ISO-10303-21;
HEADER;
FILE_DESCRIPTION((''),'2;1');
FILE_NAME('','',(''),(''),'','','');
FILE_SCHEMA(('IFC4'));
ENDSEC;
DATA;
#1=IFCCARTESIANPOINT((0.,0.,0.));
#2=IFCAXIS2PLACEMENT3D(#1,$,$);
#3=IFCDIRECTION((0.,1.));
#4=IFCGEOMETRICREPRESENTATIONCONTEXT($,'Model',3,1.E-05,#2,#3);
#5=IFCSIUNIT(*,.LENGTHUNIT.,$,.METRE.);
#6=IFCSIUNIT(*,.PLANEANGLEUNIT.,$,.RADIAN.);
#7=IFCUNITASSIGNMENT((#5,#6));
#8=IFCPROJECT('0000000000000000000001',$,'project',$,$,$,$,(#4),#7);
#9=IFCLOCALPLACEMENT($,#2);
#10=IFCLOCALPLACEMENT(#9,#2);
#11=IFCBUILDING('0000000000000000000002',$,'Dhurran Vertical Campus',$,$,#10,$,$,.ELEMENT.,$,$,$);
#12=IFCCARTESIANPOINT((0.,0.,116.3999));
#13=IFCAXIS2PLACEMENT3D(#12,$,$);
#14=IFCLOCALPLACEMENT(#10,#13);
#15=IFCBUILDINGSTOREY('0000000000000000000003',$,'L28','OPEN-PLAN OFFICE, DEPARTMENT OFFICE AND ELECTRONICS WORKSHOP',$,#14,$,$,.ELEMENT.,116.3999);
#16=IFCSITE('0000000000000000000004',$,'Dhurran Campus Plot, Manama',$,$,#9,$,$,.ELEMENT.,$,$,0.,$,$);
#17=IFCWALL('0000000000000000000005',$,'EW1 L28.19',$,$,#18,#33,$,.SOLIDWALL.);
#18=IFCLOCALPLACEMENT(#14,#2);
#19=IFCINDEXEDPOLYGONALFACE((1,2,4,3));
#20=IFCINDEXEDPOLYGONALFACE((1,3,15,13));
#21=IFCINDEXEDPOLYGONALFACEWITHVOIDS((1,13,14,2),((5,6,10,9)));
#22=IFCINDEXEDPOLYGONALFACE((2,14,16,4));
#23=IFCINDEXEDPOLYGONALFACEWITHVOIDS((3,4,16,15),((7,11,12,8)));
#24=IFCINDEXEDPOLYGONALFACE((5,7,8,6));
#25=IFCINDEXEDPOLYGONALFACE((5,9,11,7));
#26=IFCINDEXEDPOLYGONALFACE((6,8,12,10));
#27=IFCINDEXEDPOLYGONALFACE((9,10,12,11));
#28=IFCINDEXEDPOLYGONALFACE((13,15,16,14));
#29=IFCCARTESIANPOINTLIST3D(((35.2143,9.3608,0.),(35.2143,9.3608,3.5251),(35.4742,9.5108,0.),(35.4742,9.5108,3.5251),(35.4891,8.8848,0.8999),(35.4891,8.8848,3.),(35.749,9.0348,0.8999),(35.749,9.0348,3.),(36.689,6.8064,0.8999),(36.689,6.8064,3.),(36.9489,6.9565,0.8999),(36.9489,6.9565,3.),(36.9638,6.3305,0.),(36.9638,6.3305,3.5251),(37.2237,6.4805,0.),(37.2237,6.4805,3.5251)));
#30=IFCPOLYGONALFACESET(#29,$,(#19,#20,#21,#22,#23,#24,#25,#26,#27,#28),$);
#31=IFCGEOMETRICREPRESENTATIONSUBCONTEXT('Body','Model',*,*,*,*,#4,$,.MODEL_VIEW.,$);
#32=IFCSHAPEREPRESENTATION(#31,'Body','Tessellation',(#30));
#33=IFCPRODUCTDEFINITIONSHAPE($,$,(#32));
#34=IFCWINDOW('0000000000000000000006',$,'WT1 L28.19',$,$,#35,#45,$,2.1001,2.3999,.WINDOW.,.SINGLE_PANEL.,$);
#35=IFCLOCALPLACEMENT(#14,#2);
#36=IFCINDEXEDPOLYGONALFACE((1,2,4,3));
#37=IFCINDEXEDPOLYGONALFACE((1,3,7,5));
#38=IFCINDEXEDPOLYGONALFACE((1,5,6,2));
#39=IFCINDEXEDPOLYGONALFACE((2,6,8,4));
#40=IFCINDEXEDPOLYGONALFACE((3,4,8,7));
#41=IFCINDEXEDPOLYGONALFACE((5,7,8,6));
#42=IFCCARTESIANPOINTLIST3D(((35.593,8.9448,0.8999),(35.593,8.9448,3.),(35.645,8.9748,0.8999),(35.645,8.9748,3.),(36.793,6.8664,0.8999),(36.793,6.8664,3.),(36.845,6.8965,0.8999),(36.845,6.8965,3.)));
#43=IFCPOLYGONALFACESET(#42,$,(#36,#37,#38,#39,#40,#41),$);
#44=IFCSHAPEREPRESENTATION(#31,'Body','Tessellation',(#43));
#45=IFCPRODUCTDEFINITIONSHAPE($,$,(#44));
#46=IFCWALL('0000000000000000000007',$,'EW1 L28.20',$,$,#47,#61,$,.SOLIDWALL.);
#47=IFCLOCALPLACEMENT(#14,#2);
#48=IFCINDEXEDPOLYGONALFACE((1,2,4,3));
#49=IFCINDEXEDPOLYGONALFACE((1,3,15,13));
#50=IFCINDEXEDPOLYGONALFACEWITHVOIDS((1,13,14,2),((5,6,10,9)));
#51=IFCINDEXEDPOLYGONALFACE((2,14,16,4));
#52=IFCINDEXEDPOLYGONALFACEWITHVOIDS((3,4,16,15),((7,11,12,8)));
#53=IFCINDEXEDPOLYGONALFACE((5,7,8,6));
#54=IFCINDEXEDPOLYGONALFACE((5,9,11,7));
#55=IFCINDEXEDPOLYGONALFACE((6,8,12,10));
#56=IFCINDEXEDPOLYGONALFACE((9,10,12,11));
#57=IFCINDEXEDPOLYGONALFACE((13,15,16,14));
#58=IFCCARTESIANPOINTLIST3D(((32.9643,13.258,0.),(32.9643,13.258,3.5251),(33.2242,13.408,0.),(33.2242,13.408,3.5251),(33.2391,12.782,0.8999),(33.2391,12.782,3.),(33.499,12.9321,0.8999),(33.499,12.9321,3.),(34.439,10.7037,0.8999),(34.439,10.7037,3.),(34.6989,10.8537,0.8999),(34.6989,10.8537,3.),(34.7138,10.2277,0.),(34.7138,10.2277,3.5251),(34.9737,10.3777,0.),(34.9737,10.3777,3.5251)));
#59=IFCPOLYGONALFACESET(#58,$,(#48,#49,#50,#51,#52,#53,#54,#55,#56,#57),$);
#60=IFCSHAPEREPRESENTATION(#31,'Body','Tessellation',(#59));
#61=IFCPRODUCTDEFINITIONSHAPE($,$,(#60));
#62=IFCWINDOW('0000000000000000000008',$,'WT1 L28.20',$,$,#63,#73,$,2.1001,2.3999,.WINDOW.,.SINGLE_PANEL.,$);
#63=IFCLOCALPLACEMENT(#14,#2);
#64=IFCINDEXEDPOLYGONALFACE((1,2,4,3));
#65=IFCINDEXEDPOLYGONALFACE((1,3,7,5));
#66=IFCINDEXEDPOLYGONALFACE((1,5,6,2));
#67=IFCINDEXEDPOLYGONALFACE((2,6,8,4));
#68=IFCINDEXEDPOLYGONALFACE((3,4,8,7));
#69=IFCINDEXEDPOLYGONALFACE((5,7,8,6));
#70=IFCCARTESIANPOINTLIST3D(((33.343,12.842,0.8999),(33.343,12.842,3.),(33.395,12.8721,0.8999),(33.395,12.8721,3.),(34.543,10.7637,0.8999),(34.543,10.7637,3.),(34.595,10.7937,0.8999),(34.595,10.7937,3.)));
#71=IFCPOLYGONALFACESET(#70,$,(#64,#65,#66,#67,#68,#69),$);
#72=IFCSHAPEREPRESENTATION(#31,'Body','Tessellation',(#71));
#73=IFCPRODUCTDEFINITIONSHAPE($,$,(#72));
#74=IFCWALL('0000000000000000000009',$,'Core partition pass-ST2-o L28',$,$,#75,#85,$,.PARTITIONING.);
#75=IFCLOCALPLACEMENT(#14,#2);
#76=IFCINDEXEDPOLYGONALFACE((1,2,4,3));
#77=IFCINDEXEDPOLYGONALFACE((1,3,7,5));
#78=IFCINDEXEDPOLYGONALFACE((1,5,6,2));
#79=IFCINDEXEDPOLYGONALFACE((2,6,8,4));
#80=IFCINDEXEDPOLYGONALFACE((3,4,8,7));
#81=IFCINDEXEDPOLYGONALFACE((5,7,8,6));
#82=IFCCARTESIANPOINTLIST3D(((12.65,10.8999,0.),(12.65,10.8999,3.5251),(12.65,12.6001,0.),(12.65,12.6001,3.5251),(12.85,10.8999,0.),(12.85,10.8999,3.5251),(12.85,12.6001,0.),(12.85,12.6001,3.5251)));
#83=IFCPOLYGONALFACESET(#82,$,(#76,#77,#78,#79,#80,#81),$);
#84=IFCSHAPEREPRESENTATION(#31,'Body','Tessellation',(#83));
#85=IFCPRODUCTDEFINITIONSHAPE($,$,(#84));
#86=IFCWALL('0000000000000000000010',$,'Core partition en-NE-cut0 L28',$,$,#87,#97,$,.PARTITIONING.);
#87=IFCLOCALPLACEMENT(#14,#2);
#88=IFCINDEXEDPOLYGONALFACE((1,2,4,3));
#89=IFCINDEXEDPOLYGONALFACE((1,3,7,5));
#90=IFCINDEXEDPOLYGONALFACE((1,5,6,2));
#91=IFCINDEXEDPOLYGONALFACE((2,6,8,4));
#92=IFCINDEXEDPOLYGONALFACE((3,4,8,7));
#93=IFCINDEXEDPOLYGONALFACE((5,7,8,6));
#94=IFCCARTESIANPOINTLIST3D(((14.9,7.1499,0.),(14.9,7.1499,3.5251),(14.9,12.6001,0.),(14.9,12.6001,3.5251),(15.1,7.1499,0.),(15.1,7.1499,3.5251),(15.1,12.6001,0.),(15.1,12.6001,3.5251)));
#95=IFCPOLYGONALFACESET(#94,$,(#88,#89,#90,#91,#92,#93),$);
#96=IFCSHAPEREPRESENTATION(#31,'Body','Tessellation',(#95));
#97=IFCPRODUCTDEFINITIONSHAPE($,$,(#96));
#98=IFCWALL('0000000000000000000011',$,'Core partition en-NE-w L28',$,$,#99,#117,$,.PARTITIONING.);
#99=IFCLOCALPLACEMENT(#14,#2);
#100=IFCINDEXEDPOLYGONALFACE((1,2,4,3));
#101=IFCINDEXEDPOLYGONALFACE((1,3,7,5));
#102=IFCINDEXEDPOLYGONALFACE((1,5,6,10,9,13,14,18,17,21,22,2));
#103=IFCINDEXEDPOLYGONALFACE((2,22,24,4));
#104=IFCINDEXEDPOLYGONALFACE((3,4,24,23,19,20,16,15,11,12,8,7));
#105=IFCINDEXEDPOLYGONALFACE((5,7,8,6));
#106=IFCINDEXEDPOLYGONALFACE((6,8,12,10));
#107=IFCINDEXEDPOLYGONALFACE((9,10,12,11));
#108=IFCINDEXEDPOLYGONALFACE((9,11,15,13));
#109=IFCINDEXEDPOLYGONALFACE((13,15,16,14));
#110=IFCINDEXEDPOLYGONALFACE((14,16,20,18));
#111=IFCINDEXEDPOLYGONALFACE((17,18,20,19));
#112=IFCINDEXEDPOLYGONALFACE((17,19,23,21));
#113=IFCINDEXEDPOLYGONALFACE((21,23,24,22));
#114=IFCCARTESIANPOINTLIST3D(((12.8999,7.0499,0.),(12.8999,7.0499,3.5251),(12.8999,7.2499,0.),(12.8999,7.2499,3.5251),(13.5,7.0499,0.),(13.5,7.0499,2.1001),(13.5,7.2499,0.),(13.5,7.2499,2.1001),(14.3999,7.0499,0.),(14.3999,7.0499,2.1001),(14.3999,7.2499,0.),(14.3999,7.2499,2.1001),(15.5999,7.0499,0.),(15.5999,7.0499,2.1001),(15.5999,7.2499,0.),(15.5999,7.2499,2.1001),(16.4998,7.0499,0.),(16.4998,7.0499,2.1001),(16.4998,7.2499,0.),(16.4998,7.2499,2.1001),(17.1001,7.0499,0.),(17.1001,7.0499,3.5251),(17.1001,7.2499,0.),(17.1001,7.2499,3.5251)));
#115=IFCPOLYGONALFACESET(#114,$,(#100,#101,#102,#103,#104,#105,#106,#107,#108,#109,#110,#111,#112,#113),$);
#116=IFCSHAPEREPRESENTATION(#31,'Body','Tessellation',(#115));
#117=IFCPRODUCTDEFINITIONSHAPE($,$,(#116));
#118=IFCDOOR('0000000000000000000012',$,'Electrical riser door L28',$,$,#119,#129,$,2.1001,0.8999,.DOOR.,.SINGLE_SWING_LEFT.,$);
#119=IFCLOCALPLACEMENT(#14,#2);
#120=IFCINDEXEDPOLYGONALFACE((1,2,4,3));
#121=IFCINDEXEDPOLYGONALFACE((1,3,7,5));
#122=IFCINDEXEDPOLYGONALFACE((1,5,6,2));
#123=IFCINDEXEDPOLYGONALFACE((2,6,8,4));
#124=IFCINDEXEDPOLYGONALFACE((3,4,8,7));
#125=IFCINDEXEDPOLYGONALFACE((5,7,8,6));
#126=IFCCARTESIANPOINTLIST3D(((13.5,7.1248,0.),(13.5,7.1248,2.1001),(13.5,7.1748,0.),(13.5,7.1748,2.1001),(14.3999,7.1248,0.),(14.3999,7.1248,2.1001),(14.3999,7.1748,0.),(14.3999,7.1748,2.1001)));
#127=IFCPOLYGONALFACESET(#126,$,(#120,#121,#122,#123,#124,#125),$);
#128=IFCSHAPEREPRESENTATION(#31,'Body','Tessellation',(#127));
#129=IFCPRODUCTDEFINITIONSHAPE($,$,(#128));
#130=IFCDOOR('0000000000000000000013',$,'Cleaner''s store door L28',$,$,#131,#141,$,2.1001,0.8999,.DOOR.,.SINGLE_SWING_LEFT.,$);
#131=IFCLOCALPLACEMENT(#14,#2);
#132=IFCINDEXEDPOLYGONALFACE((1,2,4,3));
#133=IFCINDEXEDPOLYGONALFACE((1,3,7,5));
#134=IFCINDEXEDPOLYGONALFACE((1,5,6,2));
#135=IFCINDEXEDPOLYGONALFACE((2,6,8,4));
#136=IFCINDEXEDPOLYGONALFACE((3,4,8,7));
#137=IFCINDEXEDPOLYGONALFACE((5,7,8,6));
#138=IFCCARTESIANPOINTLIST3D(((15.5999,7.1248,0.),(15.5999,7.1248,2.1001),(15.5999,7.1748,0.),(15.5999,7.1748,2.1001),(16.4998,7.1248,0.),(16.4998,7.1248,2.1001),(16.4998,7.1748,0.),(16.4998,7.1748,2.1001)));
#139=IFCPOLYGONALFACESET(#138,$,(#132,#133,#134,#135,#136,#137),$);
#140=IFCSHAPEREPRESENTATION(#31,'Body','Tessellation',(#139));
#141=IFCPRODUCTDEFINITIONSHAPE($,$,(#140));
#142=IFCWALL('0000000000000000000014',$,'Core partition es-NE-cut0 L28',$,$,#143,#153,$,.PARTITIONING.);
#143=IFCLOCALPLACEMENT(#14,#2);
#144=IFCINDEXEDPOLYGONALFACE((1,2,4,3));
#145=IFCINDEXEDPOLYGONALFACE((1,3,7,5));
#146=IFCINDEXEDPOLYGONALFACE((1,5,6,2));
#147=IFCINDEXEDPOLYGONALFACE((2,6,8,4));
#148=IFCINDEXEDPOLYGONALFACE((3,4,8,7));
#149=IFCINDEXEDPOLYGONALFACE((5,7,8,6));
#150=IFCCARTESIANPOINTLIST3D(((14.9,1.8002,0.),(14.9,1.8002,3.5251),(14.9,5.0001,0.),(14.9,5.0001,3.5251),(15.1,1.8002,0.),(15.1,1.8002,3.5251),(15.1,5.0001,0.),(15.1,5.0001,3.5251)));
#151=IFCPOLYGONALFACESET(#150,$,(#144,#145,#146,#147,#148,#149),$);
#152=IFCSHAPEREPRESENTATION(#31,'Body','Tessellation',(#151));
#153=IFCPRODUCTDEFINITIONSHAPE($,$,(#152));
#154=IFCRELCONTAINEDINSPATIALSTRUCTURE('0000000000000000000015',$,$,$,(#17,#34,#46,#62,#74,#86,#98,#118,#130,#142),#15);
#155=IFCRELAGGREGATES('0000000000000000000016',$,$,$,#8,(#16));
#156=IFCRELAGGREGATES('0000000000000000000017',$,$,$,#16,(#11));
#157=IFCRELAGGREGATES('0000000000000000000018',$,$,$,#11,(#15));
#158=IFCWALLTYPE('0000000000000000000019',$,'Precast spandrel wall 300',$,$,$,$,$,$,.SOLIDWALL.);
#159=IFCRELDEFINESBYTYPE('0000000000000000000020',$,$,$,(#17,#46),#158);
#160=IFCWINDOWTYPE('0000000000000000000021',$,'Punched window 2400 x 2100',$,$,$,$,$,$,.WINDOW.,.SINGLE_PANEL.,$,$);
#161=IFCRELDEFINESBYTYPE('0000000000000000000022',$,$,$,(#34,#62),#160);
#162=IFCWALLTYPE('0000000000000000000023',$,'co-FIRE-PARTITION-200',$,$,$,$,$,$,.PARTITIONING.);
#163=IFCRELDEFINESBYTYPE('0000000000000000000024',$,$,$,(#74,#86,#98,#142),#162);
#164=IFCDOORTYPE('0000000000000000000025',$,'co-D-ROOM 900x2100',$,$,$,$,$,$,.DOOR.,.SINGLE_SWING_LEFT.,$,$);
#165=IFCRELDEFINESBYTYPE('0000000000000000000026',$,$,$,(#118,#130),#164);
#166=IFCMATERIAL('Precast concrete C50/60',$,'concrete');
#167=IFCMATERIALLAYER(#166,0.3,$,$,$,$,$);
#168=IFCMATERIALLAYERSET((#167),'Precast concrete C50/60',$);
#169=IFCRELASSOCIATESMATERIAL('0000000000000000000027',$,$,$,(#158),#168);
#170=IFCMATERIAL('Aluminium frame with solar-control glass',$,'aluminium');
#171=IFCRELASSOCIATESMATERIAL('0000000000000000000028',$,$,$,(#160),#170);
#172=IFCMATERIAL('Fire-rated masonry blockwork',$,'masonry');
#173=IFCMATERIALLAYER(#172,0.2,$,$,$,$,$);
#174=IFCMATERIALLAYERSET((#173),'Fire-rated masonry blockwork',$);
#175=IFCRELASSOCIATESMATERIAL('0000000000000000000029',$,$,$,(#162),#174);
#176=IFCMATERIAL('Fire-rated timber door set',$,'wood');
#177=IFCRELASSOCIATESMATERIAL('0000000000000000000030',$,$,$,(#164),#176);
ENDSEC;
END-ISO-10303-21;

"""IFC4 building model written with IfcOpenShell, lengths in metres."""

from ifc_helpers import new_model, si_unit, direction, frame, frame_2d, origin, place, context, subcontext, project, spatial, rectangle, extrude, material, layer, layer_set, type_object, element, fill, save


model = new_model("IFC4")

# Units and contexts
model_context = context("Model", 3, precision=1e-05, world=origin(), true_north=direction((0.0, 1.0)))
body_context = subcontext(model_context, "Body", "Model", "MODEL_VIEW")
ifc_project = project(units=[si_unit("LENGTHUNIT", "METRE"), si_unit("PLANEANGLEUNIT", "RADIAN")], contexts=[model_context])

# Site, building, storey
site_placement = place(None, origin())
site = spatial("IfcSite", under=ifc_project, at=site_placement, Name="Dhurran Campus Plot, Manama", CompositionType="ELEMENT", RefElevation=0.0)
building_placement = place(site_placement, origin())
building = spatial("IfcBuilding", under=site, at=building_placement, Name="Dhurran Vertical Campus", CompositionType="ELEMENT")
storey_placement = place(building_placement, frame((0.0, 0.0, 116.3999)))
storey = spatial("IfcBuildingStorey", under=building, at=storey_placement, Name="L28", Description="OPEN-PLAN OFFICE, DEPARTMENT OFFICE AND ELECTRONICS WORKSHOP", CompositionType="ELEMENT", Elevation=116.3999)

# Walls, openings, windows
ifc_material_1 = material(Name="Precast concrete C50/60", Category="concrete")
ifc_layer_1 = layer(ifc_material_1, 0.3)
ifc_layer_set_1 = layer_set([ifc_layer_1], Name="Precast concrete C50/60")
wall_type_1 = type_object("IfcWallType", Name="Precast spandrel wall 300", PredefinedType="SOLIDWALL", material=ifc_layer_set_1)
ifc_material_2 = material(Name="Aluminium frame with solar-control glass", Category="aluminium")
window_type = type_object("IfcWindowType", Name="Punched window 2400 x 2100", PartitioningType="SINGLE_PANEL", PredefinedType="WINDOW", material=ifc_material_2)
wall_1_placement = place(storey_placement, frame((37.0938, 6.4055, 0.0), z_axis=(0.0, 0.0, 1.0), x_axis=(-0.499996, 0.866028, 0.0)))
wall_1 = element("IfcWall", 1, at=wall_1_placement, inside=storey, type_object=wall_type_1, Name="EW1 L28.19", PredefinedType="SOLIDWALL", context=body_context, shape_type="SweptSolid", body=[
    extrude(rectangle(XDim=3.499, YDim=0.3, at=frame_2d((1.7495, 0.0))), origin(), (0.0, 0.0, 1.0), 3.5251),
])
opening_1_placement = place(wall_1_placement, frame((0.5496, 0.0, 0.8999)))
opening_1 = element("IfcOpeningElement", 2, at=opening_1_placement, cuts=wall_1, PredefinedType="OPENING", context=body_context, shape_type="SweptSolid", body=[
    extrude(rectangle(XDim=2.3999, YDim=2.1001, at=frame_2d((1.2, 1.05))), frame((0.0, 0.1599, 0.0), z_axis=(0.0, -1.0, 0.0), x_axis=(1.0, 0.0, 0.0)), (0.0, 0.0, 1.0), 0.3201),
])
window_1_placement = place(opening_1_placement, origin())
window_1 = element("IfcWindow", 3, at=window_1_placement, inside=storey, type_object=window_type, Name="WT1 L28.19", OverallHeight=2.1001, OverallWidth=2.3999, PartitioningType="SINGLE_PANEL", PredefinedType="WINDOW", context=body_context, shape_type="SweptSolid", body=[
    extrude(rectangle(XDim=2.3999, YDim=2.1001, at=frame_2d((1.2, 1.05))), frame((0.0, 0.03, 0.0), z_axis=(0.0, -1.0, 0.0), x_axis=(1.0, 0.0, 0.0)), (0.0, 0.0, 1.0), 0.0601),
])
fill(opening_1, window_1)
wall_2_placement = place(storey_placement, frame((34.8438, 10.3027, 0.0), z_axis=(0.0, 0.0, 1.0), x_axis=(-0.499996, 0.866028, 0.0)))
wall_2 = element("IfcWall", 4, at=wall_2_placement, inside=storey, type_object=wall_type_1, Name="EW1 L28.20", PredefinedType="SOLIDWALL", context=body_context, shape_type="SweptSolid", body=[
    extrude(rectangle(XDim=3.499, YDim=0.3, at=frame_2d((1.7495, 0.0))), origin(), (0.0, 0.0, 1.0), 3.5251),
])
opening_2_placement = place(wall_2_placement, frame((0.5496, 0.0, 0.8999)))
opening_2 = element("IfcOpeningElement", 5, at=opening_2_placement, cuts=wall_2, PredefinedType="OPENING", context=body_context, shape_type="SweptSolid", body=[
    extrude(rectangle(XDim=2.3999, YDim=2.1001, at=frame_2d((1.2, 1.05))), frame((0.0, 0.1599, 0.0), z_axis=(0.0, -1.0, 0.0), x_axis=(1.0, 0.0, 0.0)), (0.0, 0.0, 1.0), 0.3201),
])
window_2_placement = place(opening_2_placement, origin())
window_2 = element("IfcWindow", 6, at=window_2_placement, inside=storey, type_object=window_type, Name="WT1 L28.20", OverallHeight=2.1001, OverallWidth=2.3999, PartitioningType="SINGLE_PANEL", PredefinedType="WINDOW", context=body_context, shape_type="SweptSolid", body=[
    extrude(rectangle(XDim=2.3999, YDim=2.1001, at=frame_2d((1.2, 1.05))), frame((0.0, 0.03, 0.0), z_axis=(0.0, -1.0, 0.0), x_axis=(1.0, 0.0, 0.0)), (0.0, 0.0, 1.0), 0.0601),
])
fill(opening_2, window_2)

# Walls
ifc_material_3 = material(Name="Fire-rated masonry blockwork", Category="masonry")
ifc_layer_2 = layer(ifc_material_3, 0.2)
ifc_layer_set_2 = layer_set([ifc_layer_2], Name="Fire-rated masonry blockwork")
wall_type_2 = type_object("IfcWallType", Name="co-FIRE-PARTITION-200", PredefinedType="PARTITIONING", material=ifc_layer_set_2)
wall_3_placement = place(storey_placement, frame((12.75, 10.8999, 0.0), z_axis=(0.0, 0.0, 1.0), x_axis=(0.0, 1.0, 0.0)))
element("IfcWall", 7, at=wall_3_placement, inside=storey, type_object=wall_type_2, Name="Core partition pass-ST2-o L28", PredefinedType="PARTITIONING", context=body_context, shape_type="SweptSolid", body=[
    extrude(rectangle(XDim=1.7002, YDim=0.2, at=frame_2d((0.8501, 0.0))), origin(), (0.0, 0.0, 1.0), 3.5251),
])
wall_4_placement = place(storey_placement, frame((15.0, 7.1499, 0.0), z_axis=(0.0, 0.0, 1.0), x_axis=(0.0, 1.0, 0.0)))
element("IfcWall", 8, at=wall_4_placement, inside=storey, type_object=wall_type_2, Name="Core partition en-NE-cut0 L28", PredefinedType="PARTITIONING", context=body_context, shape_type="SweptSolid", body=[
    extrude(rectangle(XDim=5.4502, YDim=0.2, at=frame_2d((2.7251, 0.0))), origin(), (0.0, 0.0, 1.0), 3.5251),
])

# Wall, openings, doors
wall_5_placement = place(storey_placement, frame((12.8999, 7.1499, 0.0), z_axis=(0.0, 0.0, 1.0), x_axis=(1.0, 0.0, 0.0)))
wall_5 = element("IfcWall", 9, at=wall_5_placement, inside=storey, type_object=wall_type_2, Name="Core partition en-NE-w L28", PredefinedType="PARTITIONING", context=body_context, shape_type="SweptSolid", body=[
    extrude(rectangle(XDim=4.2002, YDim=0.2, at=frame_2d((2.1001, 0.0))), origin(), (0.0, 0.0, 1.0), 3.5251),
])
opening_3_placement = place(wall_5_placement, frame((0.6001, 0.0, 0.0)))
opening_3 = element("IfcOpeningElement", 10, at=opening_3_placement, cuts=wall_5, PredefinedType="OPENING", context=body_context, shape_type="SweptSolid", body=[
    extrude(rectangle(XDim=0.8999, YDim=2.1001, at=frame_2d((0.45, 1.05))), frame((0.0, 0.1099, 0.0), z_axis=(0.0, -1.0, 0.0), x_axis=(1.0, 0.0, 0.0)), (0.0, 0.0, 1.0), 0.22),
])
opening_4_placement = place(wall_5_placement, frame((2.7, 0.0, 0.0)))
opening_4 = element("IfcOpeningElement", 11, at=opening_4_placement, cuts=wall_5, PredefinedType="OPENING", context=body_context, shape_type="SweptSolid", body=[
    extrude(rectangle(XDim=0.8999, YDim=2.1001, at=frame_2d((0.45, 1.05))), frame((0.0, 0.1099, 0.0), z_axis=(0.0, -1.0, 0.0), x_axis=(1.0, 0.0, 0.0)), (0.0, 0.0, 1.0), 0.22),
])
ifc_material_4 = material(Name="Fire-rated timber door set", Category="wood")
door_type_1 = type_object("IfcDoorType", Name="co-D-ROOM 900x2100", OperationType="SINGLE_SWING_LEFT", PredefinedType="DOOR", material=ifc_material_4)
door_1_placement = place(opening_3_placement, origin())
door_1 = element("IfcDoor", 12, at=door_1_placement, inside=storey, type_object=door_type_1, Name="Electrical riser door L28", OperationType="SINGLE_SWING_LEFT", OverallHeight=2.1001, OverallWidth=0.8999, PredefinedType="DOOR", context=body_context, shape_type="SweptSolid", body=[
    extrude(rectangle(XDim=0.8999, YDim=2.1001, at=frame_2d((0.45, 1.05))), frame((0.0, 0.0249, 0.0), z_axis=(0.0, -1.0, 0.0), x_axis=(1.0, 0.0, 0.0)), (0.0, 0.0, 1.0), 0.05),
])
fill(opening_3, door_1)
door_2_placement = place(opening_4_placement, origin())
door_2 = element("IfcDoor", 13, at=door_2_placement, inside=storey, type_object=door_type_1, Name="Cleaner's store door L28", OperationType="SINGLE_SWING_LEFT", OverallHeight=2.1001, OverallWidth=0.8999, PredefinedType="DOOR", context=body_context, shape_type="SweptSolid", body=[
    extrude(rectangle(XDim=0.8999, YDim=2.1001, at=frame_2d((0.45, 1.05))), frame((0.0, 0.0249, 0.0), z_axis=(0.0, -1.0, 0.0), x_axis=(1.0, 0.0, 0.0)), (0.0, 0.0, 1.0), 0.05),
])
fill(opening_4, door_2)

# Wall
wall_6_placement = place(storey_placement, frame((15.0, 1.8, 0.0), z_axis=(0.0, 0.0, 1.0), x_axis=(0.0, 1.0, 0.0)))
element("IfcWall", 14, at=wall_6_placement, inside=storey, type_object=wall_type_2, Name="Core partition es-NE-cut0 L28", PredefinedType="PARTITIONING", context=body_context, shape_type="SweptSolid", body=[
    extrude(rectangle(XDim=3.2, YDim=0.2, at=frame_2d((1.6001, 0.0))), origin(), (0.0, 0.0, 1.0), 3.5251),
])

save(model, "model.ifc")
